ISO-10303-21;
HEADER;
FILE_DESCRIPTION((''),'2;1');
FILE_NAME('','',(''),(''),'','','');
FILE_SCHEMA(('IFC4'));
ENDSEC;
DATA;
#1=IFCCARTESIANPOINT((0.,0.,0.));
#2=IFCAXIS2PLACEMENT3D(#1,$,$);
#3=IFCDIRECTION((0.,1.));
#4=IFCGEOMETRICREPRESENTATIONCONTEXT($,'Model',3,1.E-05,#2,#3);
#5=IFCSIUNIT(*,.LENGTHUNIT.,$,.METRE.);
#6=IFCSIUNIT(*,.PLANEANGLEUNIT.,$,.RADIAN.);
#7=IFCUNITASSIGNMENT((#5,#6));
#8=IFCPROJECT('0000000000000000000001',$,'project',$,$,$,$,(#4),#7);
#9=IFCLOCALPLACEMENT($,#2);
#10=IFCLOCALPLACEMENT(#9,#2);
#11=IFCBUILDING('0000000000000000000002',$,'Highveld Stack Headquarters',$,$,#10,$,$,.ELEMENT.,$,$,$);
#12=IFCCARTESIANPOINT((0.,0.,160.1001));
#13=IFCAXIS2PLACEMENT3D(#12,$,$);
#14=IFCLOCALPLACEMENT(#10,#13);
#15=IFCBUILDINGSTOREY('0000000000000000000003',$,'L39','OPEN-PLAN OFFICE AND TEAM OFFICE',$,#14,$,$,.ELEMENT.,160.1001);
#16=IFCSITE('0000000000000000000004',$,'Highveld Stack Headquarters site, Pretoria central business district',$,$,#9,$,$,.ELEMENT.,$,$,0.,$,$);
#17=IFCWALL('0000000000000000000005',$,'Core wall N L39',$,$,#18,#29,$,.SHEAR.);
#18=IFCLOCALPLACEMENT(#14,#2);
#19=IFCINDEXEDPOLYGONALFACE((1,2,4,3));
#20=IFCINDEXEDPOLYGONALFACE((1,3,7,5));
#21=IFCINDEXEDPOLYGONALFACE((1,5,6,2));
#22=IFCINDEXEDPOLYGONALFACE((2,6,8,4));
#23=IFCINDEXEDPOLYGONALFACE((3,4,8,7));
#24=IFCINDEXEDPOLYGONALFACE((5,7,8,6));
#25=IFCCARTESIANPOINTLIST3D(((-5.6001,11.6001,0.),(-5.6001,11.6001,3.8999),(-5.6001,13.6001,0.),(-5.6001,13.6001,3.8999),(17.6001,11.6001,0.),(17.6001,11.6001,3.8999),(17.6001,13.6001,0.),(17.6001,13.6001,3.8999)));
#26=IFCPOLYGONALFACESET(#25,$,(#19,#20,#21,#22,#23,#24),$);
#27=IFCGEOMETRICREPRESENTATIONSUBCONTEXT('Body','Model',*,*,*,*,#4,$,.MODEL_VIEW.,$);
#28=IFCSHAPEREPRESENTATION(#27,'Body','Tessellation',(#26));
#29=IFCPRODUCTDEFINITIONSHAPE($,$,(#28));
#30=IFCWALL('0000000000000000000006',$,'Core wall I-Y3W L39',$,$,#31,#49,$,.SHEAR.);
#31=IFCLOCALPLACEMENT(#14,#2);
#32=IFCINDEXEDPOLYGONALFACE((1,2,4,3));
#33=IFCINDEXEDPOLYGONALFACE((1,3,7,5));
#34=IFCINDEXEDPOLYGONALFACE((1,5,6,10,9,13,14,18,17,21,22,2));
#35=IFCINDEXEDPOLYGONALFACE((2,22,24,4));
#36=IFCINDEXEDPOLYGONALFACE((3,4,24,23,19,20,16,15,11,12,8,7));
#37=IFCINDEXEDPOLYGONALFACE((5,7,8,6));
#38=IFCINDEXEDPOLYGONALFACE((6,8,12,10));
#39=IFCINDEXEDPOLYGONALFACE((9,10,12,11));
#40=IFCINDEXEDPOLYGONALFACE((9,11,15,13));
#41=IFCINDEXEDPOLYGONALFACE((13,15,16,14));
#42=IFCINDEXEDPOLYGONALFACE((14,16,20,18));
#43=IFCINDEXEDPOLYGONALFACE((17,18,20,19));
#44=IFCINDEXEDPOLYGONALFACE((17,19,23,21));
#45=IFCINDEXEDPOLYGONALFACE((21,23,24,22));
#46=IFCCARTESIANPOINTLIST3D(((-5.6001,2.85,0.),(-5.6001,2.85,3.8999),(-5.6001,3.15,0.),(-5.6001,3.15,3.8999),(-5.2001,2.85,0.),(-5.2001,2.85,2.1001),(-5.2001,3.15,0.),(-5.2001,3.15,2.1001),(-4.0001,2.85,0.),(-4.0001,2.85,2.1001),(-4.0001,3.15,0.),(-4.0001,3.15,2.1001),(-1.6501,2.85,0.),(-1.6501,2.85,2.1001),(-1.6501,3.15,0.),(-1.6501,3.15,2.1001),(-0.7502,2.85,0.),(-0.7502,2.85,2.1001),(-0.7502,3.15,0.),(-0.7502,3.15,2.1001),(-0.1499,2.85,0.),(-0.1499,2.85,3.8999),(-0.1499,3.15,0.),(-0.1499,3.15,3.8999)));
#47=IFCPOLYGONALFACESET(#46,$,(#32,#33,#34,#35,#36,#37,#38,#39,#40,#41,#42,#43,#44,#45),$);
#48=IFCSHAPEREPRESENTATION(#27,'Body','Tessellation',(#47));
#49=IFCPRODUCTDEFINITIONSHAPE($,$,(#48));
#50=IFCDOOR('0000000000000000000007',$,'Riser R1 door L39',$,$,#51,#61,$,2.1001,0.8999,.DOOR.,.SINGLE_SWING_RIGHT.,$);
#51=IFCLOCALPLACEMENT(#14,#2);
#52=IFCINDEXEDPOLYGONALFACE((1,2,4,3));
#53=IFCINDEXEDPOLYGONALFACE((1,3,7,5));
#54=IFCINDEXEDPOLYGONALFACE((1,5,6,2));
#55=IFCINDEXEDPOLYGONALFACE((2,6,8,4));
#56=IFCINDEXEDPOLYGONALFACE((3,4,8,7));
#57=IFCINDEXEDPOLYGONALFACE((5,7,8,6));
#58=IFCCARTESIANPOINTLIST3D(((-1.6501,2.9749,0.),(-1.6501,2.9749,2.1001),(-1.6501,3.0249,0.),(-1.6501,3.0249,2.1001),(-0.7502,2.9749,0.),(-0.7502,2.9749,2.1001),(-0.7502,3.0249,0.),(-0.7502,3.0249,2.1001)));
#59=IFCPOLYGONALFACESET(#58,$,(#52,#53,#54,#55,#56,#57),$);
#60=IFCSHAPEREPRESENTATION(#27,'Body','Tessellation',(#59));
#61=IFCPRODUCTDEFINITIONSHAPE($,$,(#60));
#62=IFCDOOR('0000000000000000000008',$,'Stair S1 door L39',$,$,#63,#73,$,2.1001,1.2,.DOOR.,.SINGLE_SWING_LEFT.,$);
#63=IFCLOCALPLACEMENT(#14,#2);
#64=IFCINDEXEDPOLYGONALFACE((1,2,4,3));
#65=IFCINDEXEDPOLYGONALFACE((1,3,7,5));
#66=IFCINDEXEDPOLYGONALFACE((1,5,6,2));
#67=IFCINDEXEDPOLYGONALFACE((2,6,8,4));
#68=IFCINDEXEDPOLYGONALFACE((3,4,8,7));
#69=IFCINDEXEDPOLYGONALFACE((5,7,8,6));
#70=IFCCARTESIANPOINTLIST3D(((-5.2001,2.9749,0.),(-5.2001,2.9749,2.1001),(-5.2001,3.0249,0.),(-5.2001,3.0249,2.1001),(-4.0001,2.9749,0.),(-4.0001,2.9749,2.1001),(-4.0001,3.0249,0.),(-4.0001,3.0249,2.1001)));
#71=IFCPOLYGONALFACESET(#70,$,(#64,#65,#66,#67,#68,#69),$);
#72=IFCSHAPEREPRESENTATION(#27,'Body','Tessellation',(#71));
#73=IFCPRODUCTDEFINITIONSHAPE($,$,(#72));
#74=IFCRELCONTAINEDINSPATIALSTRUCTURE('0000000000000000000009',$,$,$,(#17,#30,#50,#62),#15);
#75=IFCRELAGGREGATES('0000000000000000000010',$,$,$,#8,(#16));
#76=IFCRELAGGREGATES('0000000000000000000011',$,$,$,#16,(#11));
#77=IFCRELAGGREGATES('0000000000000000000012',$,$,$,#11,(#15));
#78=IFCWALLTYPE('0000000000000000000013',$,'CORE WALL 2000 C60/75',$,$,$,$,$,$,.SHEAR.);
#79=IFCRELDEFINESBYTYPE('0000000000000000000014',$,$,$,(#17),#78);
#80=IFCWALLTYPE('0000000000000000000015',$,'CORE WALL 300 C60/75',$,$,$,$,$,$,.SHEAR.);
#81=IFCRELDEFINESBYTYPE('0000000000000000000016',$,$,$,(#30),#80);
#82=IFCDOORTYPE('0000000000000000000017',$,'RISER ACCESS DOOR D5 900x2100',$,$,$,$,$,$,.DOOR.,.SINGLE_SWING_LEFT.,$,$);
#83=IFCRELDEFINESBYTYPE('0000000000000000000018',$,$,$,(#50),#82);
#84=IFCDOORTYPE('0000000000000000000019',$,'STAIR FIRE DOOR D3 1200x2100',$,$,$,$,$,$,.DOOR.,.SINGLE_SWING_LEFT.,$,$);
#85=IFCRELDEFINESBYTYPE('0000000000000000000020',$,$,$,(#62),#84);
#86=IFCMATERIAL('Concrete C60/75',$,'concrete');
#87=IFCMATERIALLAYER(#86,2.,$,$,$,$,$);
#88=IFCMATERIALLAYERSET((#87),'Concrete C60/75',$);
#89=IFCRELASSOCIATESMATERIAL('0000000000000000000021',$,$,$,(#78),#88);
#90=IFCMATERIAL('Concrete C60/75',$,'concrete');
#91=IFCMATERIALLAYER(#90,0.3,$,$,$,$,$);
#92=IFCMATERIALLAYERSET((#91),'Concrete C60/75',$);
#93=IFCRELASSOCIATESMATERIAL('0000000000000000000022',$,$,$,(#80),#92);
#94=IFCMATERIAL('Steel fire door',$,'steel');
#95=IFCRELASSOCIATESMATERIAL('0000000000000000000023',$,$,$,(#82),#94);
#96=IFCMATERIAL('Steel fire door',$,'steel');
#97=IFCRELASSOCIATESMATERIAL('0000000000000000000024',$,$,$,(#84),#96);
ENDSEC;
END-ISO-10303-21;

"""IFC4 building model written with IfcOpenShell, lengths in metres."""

from ifc_helpers import new_model, si_unit, direction, frame, frame_2d, origin, place, context, subcontext, project, spatial, rectangle, extrude, material, layer, layer_set, type_object, element, fill, save


model = new_model("IFC4")

# Units and contexts
model_context = context("Model", 3, precision=1e-05, world=origin(), true_north=direction((0.0, 1.0)))
body_context = subcontext(model_context, "Body", "Model", "MODEL_VIEW")
ifc_project = project(units=[si_unit("LENGTHUNIT", "METRE"), si_unit("PLANEANGLEUNIT", "RADIAN")], contexts=[model_context])

# Site, building, storey
site_placement = place(None, origin())
site = spatial("IfcSite", under=ifc_project, at=site_placement, Name="Highveld Stack Headquarters site, Pretoria central business district", CompositionType="ELEMENT", RefElevation=0.0)
building_placement = place(site_placement, origin())
building = spatial("IfcBuilding", under=site, at=building_placement, Name="Highveld Stack Headquarters", CompositionType="ELEMENT")
storey_placement = place(building_placement, frame((0.0, 0.0, 160.1001)))
storey = spatial("IfcBuildingStorey", under=building, at=storey_placement, Name="L39", Description="OPEN-PLAN OFFICE AND TEAM OFFICE", CompositionType="ELEMENT", Elevation=160.1001)

# Wall
ifc_material_1 = material(Name="Concrete C60/75", Category="concrete")
ifc_layer_1 = layer(ifc_material_1, 2.0)
ifc_layer_set_1 = layer_set([ifc_layer_1], Name="Concrete C60/75")
wall_type_1 = type_object("IfcWallType", Name="CORE WALL 2000 C60/75", PredefinedType="SHEAR", material=ifc_layer_set_1)
wall_1_placement = place(storey_placement, frame((-5.6001, 12.6001, 0.0), z_axis=(0.0, 0.0, 1.0), x_axis=(1.0, 0.0, 0.0)))
element("IfcWall", 1, at=wall_1_placement, inside=storey, type_object=wall_type_1, Name="Core wall N L39", PredefinedType="SHEAR", context=body_context, shape_type="SweptSolid", body=[
    extrude(rectangle(XDim=23.2002, YDim=2.0, at=frame_2d((11.6001, 0.0))), origin(), (0.0, 0.0, 1.0), 3.8999),
])

# Wall, openings, doors
ifc_material_2 = material(Name="Concrete C60/75", Category="concrete")
ifc_layer_2 = layer(ifc_material_2, 0.3)
ifc_layer_set_2 = layer_set([ifc_layer_2], Name="Concrete C60/75")
wall_type_2 = type_object("IfcWallType", Name="CORE WALL 300 C60/75", PredefinedType="SHEAR", material=ifc_layer_set_2)
wall_2_placement = place(storey_placement, frame((-5.6001, 3.0, 0.0), z_axis=(0.0, 0.0, 1.0), x_axis=(1.0, 0.0, 0.0)))
wall_2 = element("IfcWall", 2, at=wall_2_placement, inside=storey, type_object=wall_type_2, Name="Core wall I-Y3W L39", PredefinedType="SHEAR", context=body_context, shape_type="SweptSolid", body=[
    extrude(rectangle(XDim=5.4502, YDim=0.3, at=frame_2d((2.7251, 0.0))), origin(), (0.0, 0.0, 1.0), 3.8999),
])
opening_1_placement = place(wall_2_placement, frame((0.3999, 0.0, 0.0)))
opening_1 = element("IfcOpeningElement", 3, at=opening_1_placement, cuts=wall_2, PredefinedType="OPENING", context=body_context, shape_type="SweptSolid", body=[
    extrude(rectangle(XDim=1.2, YDim=2.1001, at=frame_2d((0.6001, 1.05))), frame((0.0, 0.1599, 0.0), z_axis=(0.0, -1.0, 0.0), x_axis=(1.0, 0.0, 0.0)), (0.0, 0.0, 1.0), 0.3201),
])
opening_2_placement = place(wall_2_placement, frame((3.95, 0.0, 0.0)))
opening_2 = element("IfcOpeningElement", 4, at=opening_2_placement, cuts=wall_2, PredefinedType="OPENING", context=body_context, shape_type="SweptSolid", body=[
    extrude(rectangle(XDim=0.8999, YDim=2.1001, at=frame_2d((0.45, 1.05))), frame((0.0, 0.1599, 0.0), z_axis=(0.0, -1.0, 0.0), x_axis=(1.0, 0.0, 0.0)), (0.0, 0.0, 1.0), 0.3201),
])
ifc_material_3 = material(Name="Steel fire door", Category="steel")
door_type_1 = type_object("IfcDoorType", Name="RISER ACCESS DOOR D5 900x2100", OperationType="SINGLE_SWING_LEFT", PredefinedType="DOOR", material=ifc_material_3)
door_1_placement = place(opening_2_placement, origin())
door_1 = element("IfcDoor", 5, at=door_1_placement, inside=storey, type_object=door_type_1, Name="Riser R1 door L39", OperationType="SINGLE_SWING_RIGHT", OverallHeight=2.1001, OverallWidth=0.8999, PredefinedType="DOOR", context=body_context, shape_type="SweptSolid", body=[
    extrude(rectangle(XDim=0.8999, YDim=2.1001, at=frame_2d((0.45, 1.05))), frame((0.0, 0.0249, 0.0), z_axis=(0.0, -1.0, 0.0), x_axis=(1.0, 0.0, 0.0)), (0.0, 0.0, 1.0), 0.05),
])
fill(opening_2, door_1)
ifc_material_4 = material(Name="Steel fire door", Category="steel")
door_type_2 = type_object("IfcDoorType", Name="STAIR FIRE DOOR D3 1200x2100", OperationType="SINGLE_SWING_LEFT", PredefinedType="DOOR", material=ifc_material_4)
door_2_placement = place(opening_1_placement, origin())
door_2 = element("IfcDoor", 6, at=door_2_placement, inside=storey, type_object=door_type_2, Name="Stair S1 door L39", OperationType="SINGLE_SWING_LEFT", OverallHeight=2.1001, OverallWidth=1.2, PredefinedType="DOOR", context=body_context, shape_type="SweptSolid", body=[
    extrude(rectangle(XDim=1.2, YDim=2.1001, at=frame_2d((0.6001, 1.05))), frame((0.0, 0.0249, 0.0), z_axis=(0.0, -1.0, 0.0), x_axis=(1.0, 0.0, 0.0)), (0.0, 0.0, 1.0), 0.05),
])
fill(opening_1, door_2)

save(model, "model.ifc")
